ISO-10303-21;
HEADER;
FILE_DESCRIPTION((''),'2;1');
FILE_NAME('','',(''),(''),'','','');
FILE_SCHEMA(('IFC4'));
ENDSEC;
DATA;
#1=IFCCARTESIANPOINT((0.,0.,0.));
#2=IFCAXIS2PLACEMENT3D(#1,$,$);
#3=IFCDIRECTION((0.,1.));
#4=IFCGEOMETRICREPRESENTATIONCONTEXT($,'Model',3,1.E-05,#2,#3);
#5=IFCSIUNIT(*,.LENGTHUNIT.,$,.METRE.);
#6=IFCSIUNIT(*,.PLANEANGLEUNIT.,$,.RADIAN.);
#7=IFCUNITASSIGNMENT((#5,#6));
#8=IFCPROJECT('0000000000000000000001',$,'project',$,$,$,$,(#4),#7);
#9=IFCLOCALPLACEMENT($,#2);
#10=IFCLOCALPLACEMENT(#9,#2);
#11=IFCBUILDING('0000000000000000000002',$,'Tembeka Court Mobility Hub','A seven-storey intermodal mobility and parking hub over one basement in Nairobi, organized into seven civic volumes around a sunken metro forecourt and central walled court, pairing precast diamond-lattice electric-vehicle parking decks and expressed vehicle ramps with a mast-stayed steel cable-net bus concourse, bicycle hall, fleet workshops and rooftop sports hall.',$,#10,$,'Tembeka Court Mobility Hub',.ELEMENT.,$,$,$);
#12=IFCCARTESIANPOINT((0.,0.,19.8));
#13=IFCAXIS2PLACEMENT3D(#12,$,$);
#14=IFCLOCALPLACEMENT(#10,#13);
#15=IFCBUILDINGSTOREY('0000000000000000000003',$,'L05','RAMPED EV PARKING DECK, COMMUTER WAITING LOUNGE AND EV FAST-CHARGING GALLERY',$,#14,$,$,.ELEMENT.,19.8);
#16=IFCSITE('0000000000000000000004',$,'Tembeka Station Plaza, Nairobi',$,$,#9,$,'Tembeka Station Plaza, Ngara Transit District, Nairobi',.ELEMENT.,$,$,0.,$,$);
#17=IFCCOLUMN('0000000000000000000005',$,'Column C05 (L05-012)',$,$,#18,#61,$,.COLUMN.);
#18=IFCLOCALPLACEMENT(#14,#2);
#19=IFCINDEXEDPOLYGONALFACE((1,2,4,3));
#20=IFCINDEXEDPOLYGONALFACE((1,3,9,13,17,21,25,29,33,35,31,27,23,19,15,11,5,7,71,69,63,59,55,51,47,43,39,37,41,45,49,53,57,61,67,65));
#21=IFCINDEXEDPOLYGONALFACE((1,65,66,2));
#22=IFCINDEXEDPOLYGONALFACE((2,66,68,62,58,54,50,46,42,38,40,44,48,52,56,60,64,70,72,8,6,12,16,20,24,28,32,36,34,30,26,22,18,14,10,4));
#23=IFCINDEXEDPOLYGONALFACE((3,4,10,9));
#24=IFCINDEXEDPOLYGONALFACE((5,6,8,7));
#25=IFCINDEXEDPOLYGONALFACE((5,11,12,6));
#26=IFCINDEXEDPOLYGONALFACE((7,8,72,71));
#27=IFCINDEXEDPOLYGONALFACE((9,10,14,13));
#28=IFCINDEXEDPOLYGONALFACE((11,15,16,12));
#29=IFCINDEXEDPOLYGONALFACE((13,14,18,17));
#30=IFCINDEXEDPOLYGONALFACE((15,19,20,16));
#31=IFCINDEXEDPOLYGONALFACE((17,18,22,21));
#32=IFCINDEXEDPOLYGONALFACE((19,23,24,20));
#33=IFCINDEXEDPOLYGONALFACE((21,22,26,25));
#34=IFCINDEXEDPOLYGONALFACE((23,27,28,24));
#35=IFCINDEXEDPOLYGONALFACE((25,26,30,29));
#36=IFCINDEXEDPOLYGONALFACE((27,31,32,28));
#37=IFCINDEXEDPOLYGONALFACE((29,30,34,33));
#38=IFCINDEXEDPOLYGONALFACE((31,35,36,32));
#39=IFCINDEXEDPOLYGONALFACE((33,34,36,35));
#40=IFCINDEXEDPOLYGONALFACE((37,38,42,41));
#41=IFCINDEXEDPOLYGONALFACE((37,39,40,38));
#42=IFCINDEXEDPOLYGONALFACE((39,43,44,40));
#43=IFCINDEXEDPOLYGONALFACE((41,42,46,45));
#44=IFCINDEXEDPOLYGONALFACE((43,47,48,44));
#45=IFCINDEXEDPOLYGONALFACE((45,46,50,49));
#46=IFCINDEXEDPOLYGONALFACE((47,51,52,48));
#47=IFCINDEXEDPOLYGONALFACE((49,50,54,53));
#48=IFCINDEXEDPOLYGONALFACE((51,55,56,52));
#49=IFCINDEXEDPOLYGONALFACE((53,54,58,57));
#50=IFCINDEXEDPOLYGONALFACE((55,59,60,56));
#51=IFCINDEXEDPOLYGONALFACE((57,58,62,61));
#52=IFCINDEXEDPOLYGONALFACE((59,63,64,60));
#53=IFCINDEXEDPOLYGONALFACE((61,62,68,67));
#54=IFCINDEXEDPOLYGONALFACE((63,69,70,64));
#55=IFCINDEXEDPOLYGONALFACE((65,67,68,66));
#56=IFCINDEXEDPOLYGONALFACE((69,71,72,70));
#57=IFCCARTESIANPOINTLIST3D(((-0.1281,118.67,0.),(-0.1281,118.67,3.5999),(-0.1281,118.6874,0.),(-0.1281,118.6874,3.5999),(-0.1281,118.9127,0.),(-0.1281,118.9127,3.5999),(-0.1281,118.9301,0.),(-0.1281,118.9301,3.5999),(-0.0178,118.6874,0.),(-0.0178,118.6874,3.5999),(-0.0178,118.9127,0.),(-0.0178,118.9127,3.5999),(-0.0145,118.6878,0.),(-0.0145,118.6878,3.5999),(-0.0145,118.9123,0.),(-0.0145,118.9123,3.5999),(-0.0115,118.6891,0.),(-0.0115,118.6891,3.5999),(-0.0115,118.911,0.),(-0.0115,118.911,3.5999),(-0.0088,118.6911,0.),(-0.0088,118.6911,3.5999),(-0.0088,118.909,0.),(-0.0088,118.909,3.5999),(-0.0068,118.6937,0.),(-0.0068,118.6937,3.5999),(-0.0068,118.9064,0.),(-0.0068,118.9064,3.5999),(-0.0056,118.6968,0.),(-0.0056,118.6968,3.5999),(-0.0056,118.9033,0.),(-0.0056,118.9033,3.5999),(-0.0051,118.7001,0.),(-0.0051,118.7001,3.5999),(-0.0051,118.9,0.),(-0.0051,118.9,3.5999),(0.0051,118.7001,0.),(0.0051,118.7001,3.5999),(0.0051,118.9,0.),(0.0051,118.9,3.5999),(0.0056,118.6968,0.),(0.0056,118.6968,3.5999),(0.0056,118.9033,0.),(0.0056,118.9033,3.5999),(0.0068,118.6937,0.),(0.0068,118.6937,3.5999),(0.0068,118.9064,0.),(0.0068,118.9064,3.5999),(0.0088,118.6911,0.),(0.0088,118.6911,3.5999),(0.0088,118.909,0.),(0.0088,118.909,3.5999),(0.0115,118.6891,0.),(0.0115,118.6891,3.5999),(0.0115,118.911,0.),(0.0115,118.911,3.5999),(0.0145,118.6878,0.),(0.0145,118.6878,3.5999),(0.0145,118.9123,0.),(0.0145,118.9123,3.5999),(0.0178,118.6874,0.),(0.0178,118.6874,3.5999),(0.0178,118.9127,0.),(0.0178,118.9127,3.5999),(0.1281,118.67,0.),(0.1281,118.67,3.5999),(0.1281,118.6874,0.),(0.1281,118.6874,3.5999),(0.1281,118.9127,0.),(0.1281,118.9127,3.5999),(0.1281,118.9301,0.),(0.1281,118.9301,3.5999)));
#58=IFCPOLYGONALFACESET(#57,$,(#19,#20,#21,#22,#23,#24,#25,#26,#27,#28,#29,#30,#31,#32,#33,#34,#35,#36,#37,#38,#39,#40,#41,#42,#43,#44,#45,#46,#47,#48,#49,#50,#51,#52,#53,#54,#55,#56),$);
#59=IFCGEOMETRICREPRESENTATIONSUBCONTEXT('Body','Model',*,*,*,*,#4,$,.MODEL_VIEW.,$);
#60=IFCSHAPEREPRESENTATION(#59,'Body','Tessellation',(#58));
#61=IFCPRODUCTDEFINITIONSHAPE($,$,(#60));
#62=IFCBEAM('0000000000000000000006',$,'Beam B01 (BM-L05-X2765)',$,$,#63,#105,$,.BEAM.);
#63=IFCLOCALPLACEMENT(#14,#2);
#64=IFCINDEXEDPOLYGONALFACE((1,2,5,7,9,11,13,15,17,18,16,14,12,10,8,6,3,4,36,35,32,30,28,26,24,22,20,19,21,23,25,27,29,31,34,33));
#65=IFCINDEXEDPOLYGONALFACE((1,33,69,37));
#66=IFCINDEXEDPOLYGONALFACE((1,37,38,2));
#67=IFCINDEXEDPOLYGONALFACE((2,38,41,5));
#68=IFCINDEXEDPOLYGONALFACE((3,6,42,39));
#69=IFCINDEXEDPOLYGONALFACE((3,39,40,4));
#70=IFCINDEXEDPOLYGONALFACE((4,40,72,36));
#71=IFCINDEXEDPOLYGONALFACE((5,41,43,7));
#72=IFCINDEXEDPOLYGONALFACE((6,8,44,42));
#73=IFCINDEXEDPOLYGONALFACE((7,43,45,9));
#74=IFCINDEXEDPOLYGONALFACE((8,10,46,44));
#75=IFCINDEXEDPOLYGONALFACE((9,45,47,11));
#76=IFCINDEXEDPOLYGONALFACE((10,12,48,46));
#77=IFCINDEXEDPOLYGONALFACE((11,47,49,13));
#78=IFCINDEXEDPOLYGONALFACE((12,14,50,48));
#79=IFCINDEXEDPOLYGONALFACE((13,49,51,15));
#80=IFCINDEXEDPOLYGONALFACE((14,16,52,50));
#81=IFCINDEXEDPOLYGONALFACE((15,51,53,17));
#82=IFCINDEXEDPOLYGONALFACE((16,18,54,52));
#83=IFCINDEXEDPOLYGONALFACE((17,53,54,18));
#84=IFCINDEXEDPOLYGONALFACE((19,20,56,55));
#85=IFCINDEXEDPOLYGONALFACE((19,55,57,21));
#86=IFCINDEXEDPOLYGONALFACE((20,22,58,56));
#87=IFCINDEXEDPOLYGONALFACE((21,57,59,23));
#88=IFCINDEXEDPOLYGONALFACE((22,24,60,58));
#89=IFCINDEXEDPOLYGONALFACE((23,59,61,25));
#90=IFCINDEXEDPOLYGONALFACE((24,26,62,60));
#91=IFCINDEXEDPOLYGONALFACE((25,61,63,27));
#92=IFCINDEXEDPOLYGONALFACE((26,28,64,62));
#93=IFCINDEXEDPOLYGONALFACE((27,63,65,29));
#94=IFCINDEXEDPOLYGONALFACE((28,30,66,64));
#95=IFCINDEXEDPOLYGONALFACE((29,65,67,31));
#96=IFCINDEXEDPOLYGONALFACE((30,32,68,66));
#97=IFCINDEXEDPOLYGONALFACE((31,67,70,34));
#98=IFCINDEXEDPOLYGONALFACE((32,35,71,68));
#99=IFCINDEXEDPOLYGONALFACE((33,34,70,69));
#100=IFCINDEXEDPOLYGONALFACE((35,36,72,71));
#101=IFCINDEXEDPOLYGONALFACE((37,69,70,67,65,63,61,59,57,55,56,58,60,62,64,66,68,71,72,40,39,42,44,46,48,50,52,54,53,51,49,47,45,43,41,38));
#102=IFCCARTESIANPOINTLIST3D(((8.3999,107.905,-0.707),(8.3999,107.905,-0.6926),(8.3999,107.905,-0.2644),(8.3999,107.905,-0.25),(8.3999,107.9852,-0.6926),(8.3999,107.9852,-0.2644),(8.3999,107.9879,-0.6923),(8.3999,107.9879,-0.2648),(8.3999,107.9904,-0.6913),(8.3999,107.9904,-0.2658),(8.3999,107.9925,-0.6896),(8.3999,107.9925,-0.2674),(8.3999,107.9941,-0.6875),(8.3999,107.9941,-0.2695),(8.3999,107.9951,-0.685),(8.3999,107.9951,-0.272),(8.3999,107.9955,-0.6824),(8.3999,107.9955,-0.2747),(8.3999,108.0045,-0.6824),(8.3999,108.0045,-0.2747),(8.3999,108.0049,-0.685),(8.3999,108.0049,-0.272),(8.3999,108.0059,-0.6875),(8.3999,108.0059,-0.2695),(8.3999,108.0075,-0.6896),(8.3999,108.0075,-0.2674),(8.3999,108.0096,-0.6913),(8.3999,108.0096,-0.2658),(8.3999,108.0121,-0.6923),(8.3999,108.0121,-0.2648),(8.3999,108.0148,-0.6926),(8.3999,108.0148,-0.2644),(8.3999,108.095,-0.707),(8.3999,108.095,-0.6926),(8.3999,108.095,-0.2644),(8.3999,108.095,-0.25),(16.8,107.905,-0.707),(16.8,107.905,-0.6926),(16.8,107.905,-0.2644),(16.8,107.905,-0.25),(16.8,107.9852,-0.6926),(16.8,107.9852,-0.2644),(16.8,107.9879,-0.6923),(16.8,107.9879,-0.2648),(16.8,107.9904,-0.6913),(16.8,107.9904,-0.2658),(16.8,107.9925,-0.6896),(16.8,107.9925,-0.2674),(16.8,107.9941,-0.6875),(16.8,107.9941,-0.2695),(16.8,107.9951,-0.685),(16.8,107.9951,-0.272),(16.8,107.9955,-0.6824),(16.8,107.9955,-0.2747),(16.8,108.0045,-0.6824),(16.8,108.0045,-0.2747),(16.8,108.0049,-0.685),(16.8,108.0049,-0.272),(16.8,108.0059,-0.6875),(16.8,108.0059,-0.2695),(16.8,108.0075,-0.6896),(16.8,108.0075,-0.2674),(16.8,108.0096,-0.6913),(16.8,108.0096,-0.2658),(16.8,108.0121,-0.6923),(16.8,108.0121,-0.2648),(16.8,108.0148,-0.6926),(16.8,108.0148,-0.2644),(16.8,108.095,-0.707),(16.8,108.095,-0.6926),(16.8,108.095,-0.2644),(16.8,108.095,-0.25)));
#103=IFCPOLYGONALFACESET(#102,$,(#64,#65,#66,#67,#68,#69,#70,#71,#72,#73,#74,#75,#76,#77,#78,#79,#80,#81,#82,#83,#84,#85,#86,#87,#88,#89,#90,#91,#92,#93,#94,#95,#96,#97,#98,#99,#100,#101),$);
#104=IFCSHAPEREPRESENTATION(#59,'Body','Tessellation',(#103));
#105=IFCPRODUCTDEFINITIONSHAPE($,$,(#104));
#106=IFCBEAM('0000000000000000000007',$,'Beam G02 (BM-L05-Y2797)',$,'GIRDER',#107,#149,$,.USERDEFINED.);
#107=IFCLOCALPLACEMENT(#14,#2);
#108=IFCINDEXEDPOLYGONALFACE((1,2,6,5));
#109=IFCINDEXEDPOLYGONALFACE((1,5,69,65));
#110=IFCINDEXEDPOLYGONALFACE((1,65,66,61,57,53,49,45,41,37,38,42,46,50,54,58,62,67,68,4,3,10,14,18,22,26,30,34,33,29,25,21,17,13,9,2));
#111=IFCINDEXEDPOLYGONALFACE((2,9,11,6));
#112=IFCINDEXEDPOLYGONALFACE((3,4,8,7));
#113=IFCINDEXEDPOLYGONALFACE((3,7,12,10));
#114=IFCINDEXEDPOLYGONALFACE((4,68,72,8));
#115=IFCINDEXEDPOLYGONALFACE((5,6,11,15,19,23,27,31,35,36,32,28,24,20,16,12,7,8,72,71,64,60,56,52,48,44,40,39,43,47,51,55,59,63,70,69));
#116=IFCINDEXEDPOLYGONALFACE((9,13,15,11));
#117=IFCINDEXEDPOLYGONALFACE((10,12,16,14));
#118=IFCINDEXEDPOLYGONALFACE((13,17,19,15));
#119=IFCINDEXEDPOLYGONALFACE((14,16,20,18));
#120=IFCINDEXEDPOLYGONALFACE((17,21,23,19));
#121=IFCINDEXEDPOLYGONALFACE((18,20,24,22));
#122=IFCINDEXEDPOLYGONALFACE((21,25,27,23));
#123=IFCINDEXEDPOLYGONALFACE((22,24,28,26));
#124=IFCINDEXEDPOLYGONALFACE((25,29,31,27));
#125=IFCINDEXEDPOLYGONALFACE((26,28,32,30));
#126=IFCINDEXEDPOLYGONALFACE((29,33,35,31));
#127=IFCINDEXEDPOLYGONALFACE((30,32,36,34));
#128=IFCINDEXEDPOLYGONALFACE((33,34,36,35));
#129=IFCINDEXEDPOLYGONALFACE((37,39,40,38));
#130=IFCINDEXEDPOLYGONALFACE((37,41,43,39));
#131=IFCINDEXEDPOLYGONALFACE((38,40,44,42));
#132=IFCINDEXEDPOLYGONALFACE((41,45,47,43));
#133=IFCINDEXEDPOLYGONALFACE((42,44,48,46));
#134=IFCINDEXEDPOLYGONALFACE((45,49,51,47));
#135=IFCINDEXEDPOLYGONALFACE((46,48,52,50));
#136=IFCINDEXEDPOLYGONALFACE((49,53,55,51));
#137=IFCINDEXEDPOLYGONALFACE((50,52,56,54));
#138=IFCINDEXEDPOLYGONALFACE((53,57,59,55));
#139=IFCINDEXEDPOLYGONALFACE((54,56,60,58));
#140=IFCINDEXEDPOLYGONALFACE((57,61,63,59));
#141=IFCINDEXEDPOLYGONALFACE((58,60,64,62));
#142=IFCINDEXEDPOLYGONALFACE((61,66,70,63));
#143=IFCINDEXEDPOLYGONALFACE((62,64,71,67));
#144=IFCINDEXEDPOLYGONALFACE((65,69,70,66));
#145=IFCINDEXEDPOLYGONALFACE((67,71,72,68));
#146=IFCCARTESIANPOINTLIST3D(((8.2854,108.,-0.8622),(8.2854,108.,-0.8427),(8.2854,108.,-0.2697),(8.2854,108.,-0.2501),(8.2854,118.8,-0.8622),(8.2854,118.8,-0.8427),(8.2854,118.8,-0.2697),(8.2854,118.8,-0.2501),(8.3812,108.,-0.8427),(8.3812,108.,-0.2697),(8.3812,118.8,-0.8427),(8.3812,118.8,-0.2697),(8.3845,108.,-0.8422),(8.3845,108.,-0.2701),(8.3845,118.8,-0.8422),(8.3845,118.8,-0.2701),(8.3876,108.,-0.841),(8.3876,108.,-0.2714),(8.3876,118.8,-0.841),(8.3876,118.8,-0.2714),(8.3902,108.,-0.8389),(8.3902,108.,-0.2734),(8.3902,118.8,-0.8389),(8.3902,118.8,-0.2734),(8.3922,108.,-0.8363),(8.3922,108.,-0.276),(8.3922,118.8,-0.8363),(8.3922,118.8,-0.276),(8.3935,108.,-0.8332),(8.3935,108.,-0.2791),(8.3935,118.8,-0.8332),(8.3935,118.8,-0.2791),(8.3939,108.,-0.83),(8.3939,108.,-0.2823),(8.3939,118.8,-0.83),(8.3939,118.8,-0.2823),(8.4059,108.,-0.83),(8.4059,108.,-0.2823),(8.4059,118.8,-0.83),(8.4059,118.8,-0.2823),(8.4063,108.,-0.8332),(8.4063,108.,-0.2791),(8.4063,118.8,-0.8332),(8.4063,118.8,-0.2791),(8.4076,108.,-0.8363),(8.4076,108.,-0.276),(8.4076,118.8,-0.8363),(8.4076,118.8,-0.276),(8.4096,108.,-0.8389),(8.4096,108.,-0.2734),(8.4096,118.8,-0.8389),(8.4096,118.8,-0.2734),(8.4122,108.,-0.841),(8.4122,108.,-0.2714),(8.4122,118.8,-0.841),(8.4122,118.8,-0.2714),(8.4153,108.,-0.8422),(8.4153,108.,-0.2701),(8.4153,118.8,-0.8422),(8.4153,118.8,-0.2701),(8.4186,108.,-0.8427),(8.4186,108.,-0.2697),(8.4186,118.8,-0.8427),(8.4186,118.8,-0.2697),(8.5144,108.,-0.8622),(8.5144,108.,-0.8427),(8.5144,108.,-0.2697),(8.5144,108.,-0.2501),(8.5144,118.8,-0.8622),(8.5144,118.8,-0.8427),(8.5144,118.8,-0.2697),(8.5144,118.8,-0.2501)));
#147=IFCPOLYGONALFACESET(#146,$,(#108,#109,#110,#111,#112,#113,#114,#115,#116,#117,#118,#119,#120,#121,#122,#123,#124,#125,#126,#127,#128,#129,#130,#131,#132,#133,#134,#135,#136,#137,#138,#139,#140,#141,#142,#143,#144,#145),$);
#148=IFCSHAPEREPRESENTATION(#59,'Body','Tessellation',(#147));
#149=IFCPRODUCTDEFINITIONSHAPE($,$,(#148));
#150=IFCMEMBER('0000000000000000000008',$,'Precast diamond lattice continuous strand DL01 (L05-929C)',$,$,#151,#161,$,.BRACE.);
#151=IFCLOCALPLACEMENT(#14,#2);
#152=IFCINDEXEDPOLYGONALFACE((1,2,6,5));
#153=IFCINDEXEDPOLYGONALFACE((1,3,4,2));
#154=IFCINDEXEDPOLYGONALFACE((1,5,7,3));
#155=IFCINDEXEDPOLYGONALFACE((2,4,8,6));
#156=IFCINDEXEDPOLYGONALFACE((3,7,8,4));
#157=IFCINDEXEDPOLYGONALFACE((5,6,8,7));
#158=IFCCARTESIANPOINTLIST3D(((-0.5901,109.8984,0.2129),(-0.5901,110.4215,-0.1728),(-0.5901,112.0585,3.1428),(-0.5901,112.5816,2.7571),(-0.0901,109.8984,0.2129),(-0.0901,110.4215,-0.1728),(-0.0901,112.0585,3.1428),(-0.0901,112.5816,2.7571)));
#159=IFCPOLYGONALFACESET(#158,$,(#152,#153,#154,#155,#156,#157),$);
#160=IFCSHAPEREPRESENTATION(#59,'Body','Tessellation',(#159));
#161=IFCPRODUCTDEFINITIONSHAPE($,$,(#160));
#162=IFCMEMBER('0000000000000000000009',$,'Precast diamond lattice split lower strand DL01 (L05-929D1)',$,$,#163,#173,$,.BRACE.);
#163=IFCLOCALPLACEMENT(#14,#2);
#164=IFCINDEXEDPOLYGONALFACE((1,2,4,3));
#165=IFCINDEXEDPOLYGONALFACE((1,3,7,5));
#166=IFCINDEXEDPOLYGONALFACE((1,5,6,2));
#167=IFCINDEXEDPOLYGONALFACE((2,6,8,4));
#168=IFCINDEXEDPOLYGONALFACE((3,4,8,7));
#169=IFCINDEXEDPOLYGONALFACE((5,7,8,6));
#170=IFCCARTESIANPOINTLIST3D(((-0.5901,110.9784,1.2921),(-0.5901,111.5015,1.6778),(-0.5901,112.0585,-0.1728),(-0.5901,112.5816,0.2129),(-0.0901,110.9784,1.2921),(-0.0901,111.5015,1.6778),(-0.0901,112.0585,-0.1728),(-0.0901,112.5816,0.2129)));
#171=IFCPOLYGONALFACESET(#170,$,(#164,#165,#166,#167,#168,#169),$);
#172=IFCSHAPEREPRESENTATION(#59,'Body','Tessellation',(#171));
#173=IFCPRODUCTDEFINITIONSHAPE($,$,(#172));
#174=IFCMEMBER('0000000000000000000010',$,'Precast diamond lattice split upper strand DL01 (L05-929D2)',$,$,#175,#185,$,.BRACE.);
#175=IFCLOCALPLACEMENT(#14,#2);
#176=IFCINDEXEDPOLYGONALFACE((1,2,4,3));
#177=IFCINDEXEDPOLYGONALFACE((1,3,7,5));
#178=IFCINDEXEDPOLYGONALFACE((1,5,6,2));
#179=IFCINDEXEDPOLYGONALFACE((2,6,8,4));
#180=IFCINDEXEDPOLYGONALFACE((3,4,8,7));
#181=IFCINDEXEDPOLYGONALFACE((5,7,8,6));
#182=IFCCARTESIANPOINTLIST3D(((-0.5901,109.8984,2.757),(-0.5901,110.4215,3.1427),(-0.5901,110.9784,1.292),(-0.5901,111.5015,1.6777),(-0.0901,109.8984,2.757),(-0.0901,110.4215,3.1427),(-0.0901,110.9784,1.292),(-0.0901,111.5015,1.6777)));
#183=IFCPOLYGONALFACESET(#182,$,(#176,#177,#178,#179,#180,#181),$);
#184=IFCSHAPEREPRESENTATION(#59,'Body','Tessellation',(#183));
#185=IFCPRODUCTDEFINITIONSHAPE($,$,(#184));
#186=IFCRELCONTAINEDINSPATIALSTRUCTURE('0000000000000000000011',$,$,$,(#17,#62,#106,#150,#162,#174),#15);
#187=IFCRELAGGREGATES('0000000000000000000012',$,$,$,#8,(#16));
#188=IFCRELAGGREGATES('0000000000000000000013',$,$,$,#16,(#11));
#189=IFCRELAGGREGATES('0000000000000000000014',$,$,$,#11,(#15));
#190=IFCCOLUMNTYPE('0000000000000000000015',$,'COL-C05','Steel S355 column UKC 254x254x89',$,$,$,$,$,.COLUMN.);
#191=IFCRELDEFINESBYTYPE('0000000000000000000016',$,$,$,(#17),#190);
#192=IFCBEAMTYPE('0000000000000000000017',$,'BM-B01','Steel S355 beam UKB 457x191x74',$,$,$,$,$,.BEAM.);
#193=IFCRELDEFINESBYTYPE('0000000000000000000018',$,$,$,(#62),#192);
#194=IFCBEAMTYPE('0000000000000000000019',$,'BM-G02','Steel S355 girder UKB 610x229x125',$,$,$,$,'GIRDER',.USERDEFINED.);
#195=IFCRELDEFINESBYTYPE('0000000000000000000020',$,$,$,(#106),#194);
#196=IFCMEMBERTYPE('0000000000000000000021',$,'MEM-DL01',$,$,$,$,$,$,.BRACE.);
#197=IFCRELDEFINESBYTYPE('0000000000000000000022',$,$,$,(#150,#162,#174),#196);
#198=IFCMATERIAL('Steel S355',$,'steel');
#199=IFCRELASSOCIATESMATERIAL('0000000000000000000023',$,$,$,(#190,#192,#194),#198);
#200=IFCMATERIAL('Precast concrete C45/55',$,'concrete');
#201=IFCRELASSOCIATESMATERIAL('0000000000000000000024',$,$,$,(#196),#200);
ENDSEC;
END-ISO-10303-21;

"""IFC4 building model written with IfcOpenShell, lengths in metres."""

from ifc_helpers import new_model, si_unit, direction, frame, origin, origin_2d, place, context, subcontext, project, spatial, rectangle, i_section, extrude, material, material_profile, profile_set, type_object, element, save


model = new_model("IFC4")

# Units and contexts
model_context = context("Model", 3, precision=1e-05, world=origin(), true_north=direction((0.0, 1.0)))
body_context = subcontext(model_context, "Body", "Model", "MODEL_VIEW")
ifc_project = project(units=[si_unit("LENGTHUNIT", "METRE"), si_unit("PLANEANGLEUNIT", "RADIAN")], contexts=[model_context])

# Site, building, storey
site_placement = place(None, origin())
site = spatial("IfcSite", under=ifc_project, at=site_placement, Name="Tembeka Station Plaza, Nairobi", LongName="Tembeka Station Plaza, Ngara Transit District, Nairobi", CompositionType="ELEMENT", RefElevation=0.0)
building_placement = place(site_placement, origin())
building = spatial("IfcBuilding", under=site, at=building_placement, Name="Tembeka Court Mobility Hub", Description="A seven-storey intermodal mobility and parking hub over one basement in Nairobi, organized into seven civic volumes around a sunken metro forecourt and central walled court, pairing precast diamond-lattice electric-vehicle parking decks and expressed vehicle ramps with a mast-stayed steel cable-net bus concourse, bicycle hall, fleet workshops and rooftop sports hall.", LongName="Tembeka Court Mobility Hub", CompositionType="ELEMENT")
storey_placement = place(building_placement, frame((0.0, 0.0, 19.8)))
storey = spatial("IfcBuildingStorey", under=building, at=storey_placement, Name="L05", Description="RAMPED EV PARKING DECK, COMMUTER WAITING LOUNGE AND EV FAST-CHARGING GALLERY", CompositionType="ELEMENT", Elevation=19.8)

# Column
ifc_material_1 = material(Name="Steel S355", Category="steel")
ifc_material_profile_1 = material_profile(ifc_material_1, i_section(OverallWidth=0.2561, OverallDepth=0.26, WebThickness=0.0103, FlangeThickness=0.0173, FilletRadius=0.0127, at=origin_2d()), Name="UKC 254x254x89")
ifc_profile_set_1 = profile_set([ifc_material_profile_1], Name="Steel S355")
column_type = type_object("IfcColumnType", Name="COL-C05", Description="Steel S355 column UKC 254x254x89", PredefinedType="COLUMN", material=ifc_profile_set_1)
column_placement = place(storey_placement, frame((0.0, 118.8, 0.0), z_axis=(0.0, 0.0, 1.0), x_axis=(1.0, 0.0, 0.0)))
element("IfcColumn", 1, at=column_placement, inside=storey, type_object=column_type, Name="Column C05 (L05-012)", PredefinedType="COLUMN", context=body_context, shape_type="SweptSolid", body=[
    extrude(i_section(OverallWidth=0.2561, OverallDepth=0.26, WebThickness=0.0103, FlangeThickness=0.0173, FilletRadius=0.0127, at=origin_2d()), origin(), (0.0, 0.0, 1.0), 3.5999),
])

# Beams
ifc_material_profile_2 = material_profile(ifc_material_1, i_section(OverallWidth=0.1899, OverallDepth=0.457, WebThickness=0.009, FlangeThickness=0.0144, FilletRadius=0.0103, at=origin_2d()), Name="UKB 457x191x74")
ifc_profile_set_2 = profile_set([ifc_material_profile_2], Name="Steel S355")
beam_type_1 = type_object("IfcBeamType", Name="BM-B01", Description="Steel S355 beam UKB 457x191x74", PredefinedType="BEAM", material=ifc_profile_set_2)
beam_1_placement = place(storey_placement, frame((8.3999, 108.0, -0.4785), z_axis=(1.0, 0.0, 0.0), x_axis=(0.0, 1.0, 0.0)))
element("IfcBeam", 2, at=beam_1_placement, inside=storey, type_object=beam_type_1, Name="Beam B01 (BM-L05-X2765)", PredefinedType="BEAM", context=body_context, shape_type="SweptSolid", body=[
    extrude(i_section(OverallWidth=0.1899, OverallDepth=0.457, WebThickness=0.009, FlangeThickness=0.0144, FilletRadius=0.0103, at=origin_2d()), origin(), (0.0, 0.0, 1.0), 8.4001),
])
ifc_material_profile_3 = material_profile(ifc_material_1, i_section(OverallWidth=0.229, OverallDepth=0.6121, WebThickness=0.012, FlangeThickness=0.0195, FilletRadius=0.0127, at=origin_2d()), Name="UKB 610x229x125")
ifc_profile_set_3 = profile_set([ifc_material_profile_3], Name="Steel S355")
beam_type_2 = type_object("IfcBeamType", Name="BM-G02", Description="Steel S355 girder UKB 610x229x125", ElementType="GIRDER", PredefinedType="USERDEFINED", material=ifc_profile_set_3)
beam_2_placement = place(storey_placement, frame((8.3999, 108.0, -0.5562), z_axis=(0.0, 1.0, 0.0), x_axis=(-1.0, 0.0, 0.0)))
element("IfcBeam", 3, at=beam_2_placement, inside=storey, type_object=beam_type_2, Name="Beam G02 (BM-L05-Y2797)", ObjectType="GIRDER", PredefinedType="USERDEFINED", context=body_context, shape_type="SweptSolid", body=[
    extrude(i_section(OverallWidth=0.229, OverallDepth=0.6121, WebThickness=0.012, FlangeThickness=0.0195, FilletRadius=0.0127, at=origin_2d()), origin(), (0.0, 0.0, 1.0), 10.8),
])

# Members
ifc_material_2 = material(Name="Precast concrete C45/55", Category="concrete")
ifc_material_profile_4 = material_profile(ifc_material_2, rectangle(XDim=0.5, YDim=0.6499, at=origin_2d()), Name="PC-DIAG 500x650")
ifc_profile_set_4 = profile_set([ifc_material_profile_4], Name="Precast concrete C45/55")
member_type_1 = type_object("IfcMemberType", Name="MEM-DL01", PredefinedType="BRACE", material=ifc_profile_set_4)
member_1_placement = place(storey_placement, frame((-0.3401, 110.1599, 0.02), z_axis=(0.0, 0.593423, 0.804891), x_axis=(-1.0, 0.0, 0.0)))
element("IfcMember", 4, at=member_1_placement, inside=storey, type_object=member_type_1, Name="Precast diamond lattice continuous strand DL01 (L05-929C)", PredefinedType="BRACE", context=body_context, shape_type="SweptSolid", body=[
    extrude(rectangle(XDim=0.5, YDim=0.6499, at=origin_2d()), origin(), (0.0, 0.0, 1.0), 3.6401),
])
for number, where, z_axis, x_axis, name in (
    (5, (-0.3401, 112.3201, 0.02), (0.0, -0.593455, 0.804867), (1.0, 0.0, 0.0), "Precast diamond lattice split lower strand DL01 (L05-929D1)"),
    (6, (-0.3401, 111.24, 1.4849), (0.0, -0.593391, 0.804914), (1.0, 0.0, 0.0), "Precast diamond lattice split upper strand DL01 (L05-929D2)"),
):
    element("IfcMember", number, at=place(storey_placement, frame(where, z_axis=z_axis, x_axis=x_axis)), inside=storey, type_object=member_type_1, Name=name, PredefinedType="BRACE", context=body_context, shape_type="SweptSolid", body=[
        extrude(rectangle(XDim=0.5, YDim=0.6499, at=origin_2d()), origin(), (0.0, 0.0, 1.0), 1.8201),
    ])

save(model, "model.ifc")
